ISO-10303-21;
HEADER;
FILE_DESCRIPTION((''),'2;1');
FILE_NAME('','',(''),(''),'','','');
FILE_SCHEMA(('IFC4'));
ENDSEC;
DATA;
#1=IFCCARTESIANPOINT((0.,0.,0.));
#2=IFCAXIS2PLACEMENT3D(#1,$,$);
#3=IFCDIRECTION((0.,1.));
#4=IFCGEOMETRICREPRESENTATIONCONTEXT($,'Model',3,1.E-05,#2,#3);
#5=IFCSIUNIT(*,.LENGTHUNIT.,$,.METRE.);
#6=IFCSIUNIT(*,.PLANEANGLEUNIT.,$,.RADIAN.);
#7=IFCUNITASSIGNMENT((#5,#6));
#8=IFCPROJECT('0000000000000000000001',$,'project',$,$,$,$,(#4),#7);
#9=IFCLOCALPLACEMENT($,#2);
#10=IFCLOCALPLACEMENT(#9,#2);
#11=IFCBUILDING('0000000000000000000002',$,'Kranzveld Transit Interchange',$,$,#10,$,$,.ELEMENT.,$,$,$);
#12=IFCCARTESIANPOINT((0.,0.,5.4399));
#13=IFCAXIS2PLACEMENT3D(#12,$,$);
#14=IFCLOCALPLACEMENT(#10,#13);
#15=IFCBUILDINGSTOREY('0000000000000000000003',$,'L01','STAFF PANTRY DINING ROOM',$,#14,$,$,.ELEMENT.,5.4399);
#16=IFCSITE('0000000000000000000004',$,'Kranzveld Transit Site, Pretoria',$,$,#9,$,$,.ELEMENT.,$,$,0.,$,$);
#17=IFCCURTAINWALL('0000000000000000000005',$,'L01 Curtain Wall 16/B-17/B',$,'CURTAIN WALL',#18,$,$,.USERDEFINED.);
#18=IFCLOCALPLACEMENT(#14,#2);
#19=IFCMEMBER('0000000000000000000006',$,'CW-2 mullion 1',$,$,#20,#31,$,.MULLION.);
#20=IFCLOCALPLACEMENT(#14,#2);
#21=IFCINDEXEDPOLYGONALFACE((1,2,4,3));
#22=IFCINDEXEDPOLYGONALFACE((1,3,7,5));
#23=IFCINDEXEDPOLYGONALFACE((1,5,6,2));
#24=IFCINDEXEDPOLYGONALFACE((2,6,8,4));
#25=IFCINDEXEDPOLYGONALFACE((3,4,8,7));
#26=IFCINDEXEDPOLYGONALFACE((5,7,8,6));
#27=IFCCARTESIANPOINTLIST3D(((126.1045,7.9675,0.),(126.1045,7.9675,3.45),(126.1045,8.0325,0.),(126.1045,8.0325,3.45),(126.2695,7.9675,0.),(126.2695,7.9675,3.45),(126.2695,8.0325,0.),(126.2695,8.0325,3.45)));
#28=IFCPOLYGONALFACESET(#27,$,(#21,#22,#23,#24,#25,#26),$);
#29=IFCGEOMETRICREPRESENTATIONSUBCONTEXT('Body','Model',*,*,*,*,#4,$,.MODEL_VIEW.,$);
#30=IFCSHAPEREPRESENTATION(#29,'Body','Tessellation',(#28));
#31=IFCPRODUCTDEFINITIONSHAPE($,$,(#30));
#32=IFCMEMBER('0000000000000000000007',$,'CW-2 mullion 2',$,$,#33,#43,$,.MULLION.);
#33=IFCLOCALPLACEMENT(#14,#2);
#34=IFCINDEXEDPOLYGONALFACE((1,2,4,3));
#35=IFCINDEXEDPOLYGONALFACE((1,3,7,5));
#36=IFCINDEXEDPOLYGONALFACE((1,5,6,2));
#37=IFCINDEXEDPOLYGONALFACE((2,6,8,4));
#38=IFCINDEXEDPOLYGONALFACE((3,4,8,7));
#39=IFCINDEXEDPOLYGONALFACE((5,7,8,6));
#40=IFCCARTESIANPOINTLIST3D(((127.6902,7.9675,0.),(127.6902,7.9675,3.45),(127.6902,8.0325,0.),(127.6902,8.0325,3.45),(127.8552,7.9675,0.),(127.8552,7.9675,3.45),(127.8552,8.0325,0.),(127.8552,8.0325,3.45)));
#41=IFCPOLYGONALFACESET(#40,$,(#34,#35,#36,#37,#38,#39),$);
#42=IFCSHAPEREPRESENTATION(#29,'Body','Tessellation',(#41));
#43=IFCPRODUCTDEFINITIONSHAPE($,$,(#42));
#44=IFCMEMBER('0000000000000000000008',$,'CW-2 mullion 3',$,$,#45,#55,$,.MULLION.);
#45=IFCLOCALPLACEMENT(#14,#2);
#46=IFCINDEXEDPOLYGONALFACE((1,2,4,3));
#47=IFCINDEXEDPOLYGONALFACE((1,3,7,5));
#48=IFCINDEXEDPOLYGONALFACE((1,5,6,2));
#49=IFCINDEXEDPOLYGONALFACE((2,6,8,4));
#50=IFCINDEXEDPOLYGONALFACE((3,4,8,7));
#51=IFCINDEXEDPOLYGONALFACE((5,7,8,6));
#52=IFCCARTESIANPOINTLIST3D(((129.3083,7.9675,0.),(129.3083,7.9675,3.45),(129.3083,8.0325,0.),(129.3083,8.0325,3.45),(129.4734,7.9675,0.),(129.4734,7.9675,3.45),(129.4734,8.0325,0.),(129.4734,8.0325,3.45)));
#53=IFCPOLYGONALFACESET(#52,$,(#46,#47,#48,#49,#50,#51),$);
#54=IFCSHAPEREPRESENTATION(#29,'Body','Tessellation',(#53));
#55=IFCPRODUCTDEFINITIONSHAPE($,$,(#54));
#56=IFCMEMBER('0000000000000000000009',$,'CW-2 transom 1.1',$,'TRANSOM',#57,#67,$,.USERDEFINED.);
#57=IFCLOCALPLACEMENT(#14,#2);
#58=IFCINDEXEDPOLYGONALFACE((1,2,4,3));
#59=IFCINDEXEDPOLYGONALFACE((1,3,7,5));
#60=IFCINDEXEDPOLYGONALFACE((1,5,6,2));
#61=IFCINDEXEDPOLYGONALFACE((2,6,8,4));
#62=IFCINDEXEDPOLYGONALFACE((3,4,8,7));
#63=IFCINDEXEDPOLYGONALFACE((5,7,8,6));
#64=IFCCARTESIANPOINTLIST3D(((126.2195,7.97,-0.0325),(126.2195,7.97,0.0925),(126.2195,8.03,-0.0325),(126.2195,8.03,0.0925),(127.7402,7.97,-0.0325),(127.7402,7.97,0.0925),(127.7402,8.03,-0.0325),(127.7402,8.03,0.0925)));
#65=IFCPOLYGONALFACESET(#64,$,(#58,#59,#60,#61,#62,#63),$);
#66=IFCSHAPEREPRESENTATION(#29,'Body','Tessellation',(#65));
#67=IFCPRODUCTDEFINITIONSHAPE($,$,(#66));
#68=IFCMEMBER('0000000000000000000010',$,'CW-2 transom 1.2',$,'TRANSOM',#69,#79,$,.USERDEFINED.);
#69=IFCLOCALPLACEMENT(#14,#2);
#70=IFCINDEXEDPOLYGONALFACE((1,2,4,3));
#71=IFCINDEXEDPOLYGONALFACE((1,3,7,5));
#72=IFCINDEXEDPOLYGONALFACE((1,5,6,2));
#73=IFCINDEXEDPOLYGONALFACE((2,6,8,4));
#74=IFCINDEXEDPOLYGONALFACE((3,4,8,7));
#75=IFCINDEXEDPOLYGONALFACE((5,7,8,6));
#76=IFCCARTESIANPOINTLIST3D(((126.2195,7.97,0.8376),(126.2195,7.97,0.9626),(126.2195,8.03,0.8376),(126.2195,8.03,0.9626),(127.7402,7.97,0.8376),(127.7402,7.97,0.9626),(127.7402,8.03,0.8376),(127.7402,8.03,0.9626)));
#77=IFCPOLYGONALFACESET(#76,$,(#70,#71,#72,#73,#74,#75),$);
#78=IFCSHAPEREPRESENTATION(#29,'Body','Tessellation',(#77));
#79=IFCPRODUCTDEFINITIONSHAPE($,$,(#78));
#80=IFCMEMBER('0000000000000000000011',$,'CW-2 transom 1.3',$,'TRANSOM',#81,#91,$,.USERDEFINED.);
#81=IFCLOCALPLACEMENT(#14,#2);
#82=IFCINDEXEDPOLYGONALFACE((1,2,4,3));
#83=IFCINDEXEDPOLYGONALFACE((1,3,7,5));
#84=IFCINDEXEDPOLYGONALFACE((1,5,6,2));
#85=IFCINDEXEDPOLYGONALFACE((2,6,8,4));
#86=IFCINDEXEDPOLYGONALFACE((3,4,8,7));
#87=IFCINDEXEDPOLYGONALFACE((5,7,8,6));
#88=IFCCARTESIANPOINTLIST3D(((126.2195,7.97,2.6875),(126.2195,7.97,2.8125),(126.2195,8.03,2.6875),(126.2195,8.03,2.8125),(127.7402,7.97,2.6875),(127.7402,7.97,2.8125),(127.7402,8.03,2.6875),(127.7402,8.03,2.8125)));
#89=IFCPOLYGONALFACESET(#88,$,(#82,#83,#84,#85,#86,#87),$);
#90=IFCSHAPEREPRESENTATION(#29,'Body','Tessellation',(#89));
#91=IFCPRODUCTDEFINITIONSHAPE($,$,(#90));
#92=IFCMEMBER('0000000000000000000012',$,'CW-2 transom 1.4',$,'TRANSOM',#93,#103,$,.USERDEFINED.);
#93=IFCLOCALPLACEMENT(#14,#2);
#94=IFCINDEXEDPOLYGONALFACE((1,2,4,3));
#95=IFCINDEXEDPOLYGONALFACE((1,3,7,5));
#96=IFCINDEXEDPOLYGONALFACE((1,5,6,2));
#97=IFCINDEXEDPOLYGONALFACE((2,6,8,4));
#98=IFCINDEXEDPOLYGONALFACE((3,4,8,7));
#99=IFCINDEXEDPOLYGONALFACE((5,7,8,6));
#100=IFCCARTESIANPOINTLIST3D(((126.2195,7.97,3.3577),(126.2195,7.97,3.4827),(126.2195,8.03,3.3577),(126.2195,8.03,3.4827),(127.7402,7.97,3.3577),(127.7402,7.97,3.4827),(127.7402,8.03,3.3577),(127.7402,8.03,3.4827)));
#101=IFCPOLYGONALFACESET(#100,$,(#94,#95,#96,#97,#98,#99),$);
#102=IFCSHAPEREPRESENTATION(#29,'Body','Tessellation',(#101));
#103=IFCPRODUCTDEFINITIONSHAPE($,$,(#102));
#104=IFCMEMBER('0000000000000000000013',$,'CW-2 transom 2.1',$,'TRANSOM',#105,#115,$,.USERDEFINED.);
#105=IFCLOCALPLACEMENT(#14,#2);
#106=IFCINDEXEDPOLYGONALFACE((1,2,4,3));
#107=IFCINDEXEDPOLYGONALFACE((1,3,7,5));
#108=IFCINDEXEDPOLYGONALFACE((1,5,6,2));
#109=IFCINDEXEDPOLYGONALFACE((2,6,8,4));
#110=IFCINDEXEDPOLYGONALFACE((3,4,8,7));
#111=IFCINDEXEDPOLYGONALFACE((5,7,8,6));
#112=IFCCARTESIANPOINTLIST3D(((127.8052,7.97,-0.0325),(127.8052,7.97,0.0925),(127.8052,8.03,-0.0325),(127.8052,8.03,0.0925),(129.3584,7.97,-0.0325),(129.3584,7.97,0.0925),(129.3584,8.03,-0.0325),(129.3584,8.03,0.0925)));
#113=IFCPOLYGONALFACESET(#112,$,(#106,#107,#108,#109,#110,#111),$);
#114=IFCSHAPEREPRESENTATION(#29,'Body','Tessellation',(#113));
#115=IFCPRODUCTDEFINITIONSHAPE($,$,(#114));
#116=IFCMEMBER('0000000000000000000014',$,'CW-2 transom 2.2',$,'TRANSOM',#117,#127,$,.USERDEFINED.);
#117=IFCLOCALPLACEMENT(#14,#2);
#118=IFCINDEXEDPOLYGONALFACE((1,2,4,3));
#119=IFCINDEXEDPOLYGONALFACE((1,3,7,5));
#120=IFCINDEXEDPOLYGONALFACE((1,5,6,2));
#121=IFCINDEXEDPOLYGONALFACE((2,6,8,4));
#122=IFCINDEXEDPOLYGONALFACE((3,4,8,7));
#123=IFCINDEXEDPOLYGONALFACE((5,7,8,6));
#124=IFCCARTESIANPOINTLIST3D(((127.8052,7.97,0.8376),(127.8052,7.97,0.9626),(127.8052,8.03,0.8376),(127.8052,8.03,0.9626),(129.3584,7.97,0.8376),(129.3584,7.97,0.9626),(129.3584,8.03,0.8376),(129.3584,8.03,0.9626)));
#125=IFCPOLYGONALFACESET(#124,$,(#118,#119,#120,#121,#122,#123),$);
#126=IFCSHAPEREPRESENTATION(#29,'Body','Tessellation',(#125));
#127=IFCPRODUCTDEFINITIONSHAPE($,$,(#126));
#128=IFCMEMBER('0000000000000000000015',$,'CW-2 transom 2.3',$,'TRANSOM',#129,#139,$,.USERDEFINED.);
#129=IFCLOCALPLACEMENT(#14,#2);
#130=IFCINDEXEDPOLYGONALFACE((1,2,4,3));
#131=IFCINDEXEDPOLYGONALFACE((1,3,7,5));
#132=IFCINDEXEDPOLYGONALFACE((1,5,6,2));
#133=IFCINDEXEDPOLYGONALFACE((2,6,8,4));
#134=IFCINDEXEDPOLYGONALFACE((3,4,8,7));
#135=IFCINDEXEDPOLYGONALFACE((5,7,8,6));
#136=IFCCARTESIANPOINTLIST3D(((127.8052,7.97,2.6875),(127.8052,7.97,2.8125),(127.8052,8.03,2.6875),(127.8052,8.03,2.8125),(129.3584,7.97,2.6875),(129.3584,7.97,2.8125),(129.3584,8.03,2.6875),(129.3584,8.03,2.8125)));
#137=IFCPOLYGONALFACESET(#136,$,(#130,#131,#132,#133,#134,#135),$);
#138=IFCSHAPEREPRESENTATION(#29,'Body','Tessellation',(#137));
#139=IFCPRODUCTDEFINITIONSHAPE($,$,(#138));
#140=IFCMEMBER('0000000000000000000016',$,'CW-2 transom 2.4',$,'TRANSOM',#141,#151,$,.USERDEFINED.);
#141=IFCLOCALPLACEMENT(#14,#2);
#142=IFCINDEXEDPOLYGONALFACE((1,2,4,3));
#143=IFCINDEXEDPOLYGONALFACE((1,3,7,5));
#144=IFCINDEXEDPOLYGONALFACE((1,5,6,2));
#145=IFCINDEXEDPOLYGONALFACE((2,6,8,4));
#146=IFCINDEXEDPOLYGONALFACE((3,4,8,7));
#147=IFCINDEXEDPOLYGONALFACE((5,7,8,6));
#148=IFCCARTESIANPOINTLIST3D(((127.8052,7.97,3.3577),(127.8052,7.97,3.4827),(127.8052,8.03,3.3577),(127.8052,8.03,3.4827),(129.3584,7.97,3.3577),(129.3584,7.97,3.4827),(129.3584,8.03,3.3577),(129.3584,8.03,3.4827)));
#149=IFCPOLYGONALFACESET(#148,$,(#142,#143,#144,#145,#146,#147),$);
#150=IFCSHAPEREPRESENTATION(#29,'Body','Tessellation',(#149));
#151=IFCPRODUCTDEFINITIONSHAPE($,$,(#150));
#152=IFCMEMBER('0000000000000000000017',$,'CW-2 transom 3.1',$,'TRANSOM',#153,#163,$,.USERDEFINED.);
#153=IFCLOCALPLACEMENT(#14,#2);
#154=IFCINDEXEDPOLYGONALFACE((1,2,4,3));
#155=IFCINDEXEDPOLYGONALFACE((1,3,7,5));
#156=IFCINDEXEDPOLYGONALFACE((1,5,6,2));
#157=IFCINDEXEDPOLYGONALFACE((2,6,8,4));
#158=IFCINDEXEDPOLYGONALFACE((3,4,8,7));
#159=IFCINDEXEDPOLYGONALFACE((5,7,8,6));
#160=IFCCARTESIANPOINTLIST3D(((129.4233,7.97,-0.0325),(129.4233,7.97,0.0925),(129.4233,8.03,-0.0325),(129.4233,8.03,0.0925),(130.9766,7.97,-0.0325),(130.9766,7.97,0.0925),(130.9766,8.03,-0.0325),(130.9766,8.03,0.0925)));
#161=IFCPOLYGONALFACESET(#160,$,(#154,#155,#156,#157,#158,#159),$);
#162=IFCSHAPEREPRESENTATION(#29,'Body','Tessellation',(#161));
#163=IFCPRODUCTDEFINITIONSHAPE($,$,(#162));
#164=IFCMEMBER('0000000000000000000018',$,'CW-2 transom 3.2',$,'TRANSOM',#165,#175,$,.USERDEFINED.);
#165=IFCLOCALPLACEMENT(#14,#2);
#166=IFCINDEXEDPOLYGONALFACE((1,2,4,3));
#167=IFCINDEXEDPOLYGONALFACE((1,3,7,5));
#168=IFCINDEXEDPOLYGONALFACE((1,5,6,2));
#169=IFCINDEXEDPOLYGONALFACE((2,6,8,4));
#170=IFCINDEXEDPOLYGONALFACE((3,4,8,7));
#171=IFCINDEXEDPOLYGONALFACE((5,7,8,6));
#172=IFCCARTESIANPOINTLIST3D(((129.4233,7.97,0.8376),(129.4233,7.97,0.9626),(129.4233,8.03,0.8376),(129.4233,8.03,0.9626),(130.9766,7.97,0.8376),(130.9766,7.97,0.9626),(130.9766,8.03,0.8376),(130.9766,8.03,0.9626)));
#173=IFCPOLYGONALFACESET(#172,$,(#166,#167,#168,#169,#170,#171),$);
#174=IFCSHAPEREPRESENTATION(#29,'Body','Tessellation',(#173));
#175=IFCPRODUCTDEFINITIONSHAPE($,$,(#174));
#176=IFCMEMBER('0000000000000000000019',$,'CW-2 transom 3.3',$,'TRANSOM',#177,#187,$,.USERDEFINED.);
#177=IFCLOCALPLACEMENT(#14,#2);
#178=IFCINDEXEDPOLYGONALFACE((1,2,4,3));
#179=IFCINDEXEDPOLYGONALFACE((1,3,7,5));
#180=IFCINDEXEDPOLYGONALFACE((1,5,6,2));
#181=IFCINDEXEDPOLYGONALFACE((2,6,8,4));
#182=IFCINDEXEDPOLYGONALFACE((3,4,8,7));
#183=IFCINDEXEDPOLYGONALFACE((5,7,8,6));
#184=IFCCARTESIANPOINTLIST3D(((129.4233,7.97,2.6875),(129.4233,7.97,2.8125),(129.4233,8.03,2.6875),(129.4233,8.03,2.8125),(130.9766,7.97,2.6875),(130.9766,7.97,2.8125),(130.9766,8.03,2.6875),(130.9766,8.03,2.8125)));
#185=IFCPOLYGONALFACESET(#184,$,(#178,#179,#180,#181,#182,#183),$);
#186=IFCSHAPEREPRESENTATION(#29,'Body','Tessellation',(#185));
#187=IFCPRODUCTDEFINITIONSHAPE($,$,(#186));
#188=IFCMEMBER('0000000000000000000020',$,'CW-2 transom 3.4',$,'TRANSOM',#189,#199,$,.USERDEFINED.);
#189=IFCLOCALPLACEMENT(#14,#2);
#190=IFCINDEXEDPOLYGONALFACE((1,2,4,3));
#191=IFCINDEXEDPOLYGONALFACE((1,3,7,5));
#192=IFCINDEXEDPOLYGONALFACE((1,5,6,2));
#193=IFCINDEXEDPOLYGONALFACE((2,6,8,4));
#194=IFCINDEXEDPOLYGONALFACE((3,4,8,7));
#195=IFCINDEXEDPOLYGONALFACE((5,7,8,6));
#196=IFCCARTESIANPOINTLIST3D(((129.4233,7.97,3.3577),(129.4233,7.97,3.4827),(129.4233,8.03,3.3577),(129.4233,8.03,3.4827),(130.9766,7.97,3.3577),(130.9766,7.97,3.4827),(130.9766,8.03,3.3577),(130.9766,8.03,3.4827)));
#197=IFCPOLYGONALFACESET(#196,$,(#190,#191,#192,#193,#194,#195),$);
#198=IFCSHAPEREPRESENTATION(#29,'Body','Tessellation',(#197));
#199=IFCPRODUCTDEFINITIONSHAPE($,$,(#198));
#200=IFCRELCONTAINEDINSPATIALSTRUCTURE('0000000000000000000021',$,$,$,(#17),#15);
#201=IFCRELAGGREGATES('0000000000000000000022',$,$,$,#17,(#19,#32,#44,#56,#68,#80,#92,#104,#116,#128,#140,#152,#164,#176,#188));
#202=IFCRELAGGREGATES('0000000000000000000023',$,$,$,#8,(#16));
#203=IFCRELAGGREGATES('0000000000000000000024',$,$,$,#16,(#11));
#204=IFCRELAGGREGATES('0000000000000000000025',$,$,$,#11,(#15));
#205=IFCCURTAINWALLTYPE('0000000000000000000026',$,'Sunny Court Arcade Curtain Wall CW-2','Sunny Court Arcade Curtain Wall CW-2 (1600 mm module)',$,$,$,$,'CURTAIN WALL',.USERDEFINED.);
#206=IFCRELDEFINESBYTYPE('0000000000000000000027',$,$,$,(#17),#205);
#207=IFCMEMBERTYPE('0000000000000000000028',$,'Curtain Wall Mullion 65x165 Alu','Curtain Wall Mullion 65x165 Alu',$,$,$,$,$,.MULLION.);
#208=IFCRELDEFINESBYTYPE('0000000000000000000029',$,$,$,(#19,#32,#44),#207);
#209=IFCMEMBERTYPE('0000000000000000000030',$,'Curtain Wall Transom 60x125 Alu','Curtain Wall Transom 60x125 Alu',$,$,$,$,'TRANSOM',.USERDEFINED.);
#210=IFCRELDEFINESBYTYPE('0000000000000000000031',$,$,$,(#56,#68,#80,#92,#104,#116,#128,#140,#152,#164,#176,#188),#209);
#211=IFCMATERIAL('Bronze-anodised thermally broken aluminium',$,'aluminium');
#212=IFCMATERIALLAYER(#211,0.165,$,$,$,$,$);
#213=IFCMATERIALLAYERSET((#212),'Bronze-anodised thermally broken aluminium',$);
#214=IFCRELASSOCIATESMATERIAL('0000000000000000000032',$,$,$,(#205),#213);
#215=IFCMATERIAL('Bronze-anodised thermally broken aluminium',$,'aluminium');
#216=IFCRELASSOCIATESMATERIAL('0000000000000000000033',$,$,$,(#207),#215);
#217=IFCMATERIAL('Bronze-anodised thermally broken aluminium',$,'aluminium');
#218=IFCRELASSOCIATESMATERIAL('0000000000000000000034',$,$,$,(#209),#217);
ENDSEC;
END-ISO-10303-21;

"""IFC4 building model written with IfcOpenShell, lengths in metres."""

from ifc_helpers import new_model, si_unit, direction, frame, origin, origin_2d, place, context, subcontext, project, spatial, rectangle, extrude, material, layer, layer_set, material_profile, profile_set, type_object, element, aggregate, save


model = new_model("IFC4")

# Units and contexts
model_context = context("Model", 3, precision=1e-05, world=origin(), true_north=direction((0.0, 1.0)))
body_context = subcontext(model_context, "Body", "Model", "MODEL_VIEW")
ifc_project = project(units=[si_unit("LENGTHUNIT", "METRE"), si_unit("PLANEANGLEUNIT", "RADIAN")], contexts=[model_context])

# Site, building, storey
site_placement = place(None, origin())
site = spatial("IfcSite", under=ifc_project, at=site_placement, Name="Kranzveld Transit Site, Pretoria", CompositionType="ELEMENT", RefElevation=0.0)
building_placement = place(site_placement, origin())
building = spatial("IfcBuilding", under=site, at=building_placement, Name="Kranzveld Transit Interchange", CompositionType="ELEMENT")
storey_placement = place(building_placement, frame((0.0, 0.0, 5.4399)))
storey = spatial("IfcBuildingStorey", under=building, at=storey_placement, Name="L01", Description="STAFF PANTRY DINING ROOM", CompositionType="ELEMENT", Elevation=5.4399)

# Curtain wall, members
ifc_material_1 = material(Name="Bronze-anodised thermally broken aluminium", Category="aluminium")
ifc_layer_1 = layer(ifc_material_1, 0.165)
ifc_layer_set_1 = layer_set([ifc_layer_1], Name="Bronze-anodised thermally broken aluminium")
curtain_wall_type = type_object("IfcCurtainWallType", Name="Sunny Court Arcade Curtain Wall CW-2", Description="Sunny Court Arcade Curtain Wall CW-2 (1600 mm module)", ElementType="CURTAIN WALL", PredefinedType="USERDEFINED", material=ifc_layer_set_1)
curtain_wall_placement = place(storey_placement, origin())
curtain_wall = element("IfcCurtainWall", 1, at=curtain_wall_placement, inside=storey, type_object=curtain_wall_type, Name="L01 Curtain Wall 16/B-17/B", ObjectType="CURTAIN WALL", PredefinedType="USERDEFINED")
ifc_material_2 = material(Name="Bronze-anodised thermally broken aluminium", Category="aluminium")
ifc_material_profile_1 = material_profile(ifc_material_2, rectangle(XDim=0.0649, YDim=0.165, at=origin_2d()), Name="ALU MULLION 65x165")
ifc_profile_set_1 = profile_set([ifc_material_profile_1], Name="Bronze-anodised thermally broken aluminium")
member_type_1 = type_object("IfcMemberType", Name="Curtain Wall Mullion 65x165 Alu", Description="Curtain Wall Mullion 65x165 Alu", PredefinedType="MULLION", material=ifc_profile_set_1)
member_1_placement = place(storey_placement, frame((126.187, 8.0, 0.0), z_axis=(0.0, 0.0, 1.0), x_axis=(0.0, 1.0, 0.0)))
member_1 = element("IfcMember", 2, at=member_1_placement, type_object=member_type_1, Name="CW-2 mullion 1", PredefinedType="MULLION", context=body_context, shape_type="SweptSolid", body=[
    extrude(rectangle(XDim=0.0649, YDim=0.165, at=origin_2d()), origin(), (0.0, 0.0, 1.0), 3.45),
])
member_2_placement = place(storey_placement, frame((127.7727, 8.0, 0.0), z_axis=(0.0, 0.0, 1.0), x_axis=(0.0, 1.0, 0.0)))
member_2 = element("IfcMember", 3, at=member_2_placement, type_object=member_type_1, Name="CW-2 mullion 2", PredefinedType="MULLION", context=body_context, shape_type="SweptSolid", body=[
    extrude(rectangle(XDim=0.0649, YDim=0.165, at=origin_2d()), origin(), (0.0, 0.0, 1.0), 3.45),
])
member_3_placement = place(storey_placement, frame((129.3909, 8.0, 0.0), z_axis=(0.0, 0.0, 1.0), x_axis=(0.0, 1.0, 0.0)))
member_3 = element("IfcMember", 4, at=member_3_placement, type_object=member_type_1, Name="CW-2 mullion 3", PredefinedType="MULLION", context=body_context, shape_type="SweptSolid", body=[
    extrude(rectangle(XDim=0.0649, YDim=0.165, at=origin_2d()), origin(), (0.0, 0.0, 1.0), 3.45),
])
ifc_material_3 = material(Name="Bronze-anodised thermally broken aluminium", Category="aluminium")
ifc_material_profile_2 = material_profile(ifc_material_3, rectangle(XDim=0.0601, YDim=0.125, at=origin_2d()), Name="ALU TRANSOM 60x125")
ifc_profile_set_2 = profile_set([ifc_material_profile_2], Name="Bronze-anodised thermally broken aluminium")
member_type_2 = type_object("IfcMemberType", Name="Curtain Wall Transom 60x125 Alu", Description="Curtain Wall Transom 60x125 Alu", ElementType="TRANSOM", PredefinedType="USERDEFINED", material=ifc_profile_set_2)
member_4_placement = place(storey_placement, frame((126.2195, 8.0, 0.03), z_axis=(1.0, 0.0, 0.0), x_axis=(0.0, 1.0, 0.0)))
member_4 = element("IfcMember", 5, at=member_4_placement, type_object=member_type_2, Name="CW-2 transom 1.1", ObjectType="TRANSOM", PredefinedType="USERDEFINED", context=body_context, shape_type="SweptSolid", body=[
    extrude(rectangle(XDim=0.0601, YDim=0.125, at=origin_2d()), origin(), (0.0, 0.0, 1.0), 1.5208),
])
member_5_placement = place(storey_placement, frame((126.2195, 8.0, 0.9001), z_axis=(1.0, 0.0, 0.0), x_axis=(0.0, 1.0, 0.0)))
member_5 = element("IfcMember", 6, at=member_5_placement, type_object=member_type_2, Name="CW-2 transom 1.2", ObjectType="TRANSOM", PredefinedType="USERDEFINED", context=body_context, shape_type="SweptSolid", body=[
    extrude(rectangle(XDim=0.0601, YDim=0.125, at=origin_2d()), origin(), (0.0, 0.0, 1.0), 1.5208),
])
member_6_placement = place(storey_placement, frame((126.2195, 8.0, 2.75), z_axis=(1.0, 0.0, 0.0), x_axis=(0.0, 1.0, 0.0)))
member_6 = element("IfcMember", 7, at=member_6_placement, type_object=member_type_2, Name="CW-2 transom 1.3", ObjectType="TRANSOM", PredefinedType="USERDEFINED", context=body_context, shape_type="SweptSolid", body=[
    extrude(rectangle(XDim=0.0601, YDim=0.125, at=origin_2d()), origin(), (0.0, 0.0, 1.0), 1.5208),
])
member_7_placement = place(storey_placement, frame((126.2195, 8.0, 3.4202), z_axis=(1.0, 0.0, 0.0), x_axis=(0.0, 1.0, 0.0)))
member_7 = element("IfcMember", 8, at=member_7_placement, type_object=member_type_2, Name="CW-2 transom 1.4", ObjectType="TRANSOM", PredefinedType="USERDEFINED", context=body_context, shape_type="SweptSolid", body=[
    extrude(rectangle(XDim=0.0601, YDim=0.125, at=origin_2d()), origin(), (0.0, 0.0, 1.0), 1.5208),
])
member_8_placement = place(storey_placement, frame((127.8052, 8.0, 0.03), z_axis=(1.0, 0.0, 0.0), x_axis=(0.0, 1.0, 0.0)))
member_8 = element("IfcMember", 9, at=member_8_placement, type_object=member_type_2, Name="CW-2 transom 2.1", ObjectType="TRANSOM", PredefinedType="USERDEFINED", context=body_context, shape_type="SweptSolid", body=[
    extrude(rectangle(XDim=0.0601, YDim=0.125, at=origin_2d()), origin(), (0.0, 0.0, 1.0), 1.5532),
])
member_9_placement = place(storey_placement, frame((127.8052, 8.0, 0.9001), z_axis=(1.0, 0.0, 0.0), x_axis=(0.0, 1.0, 0.0)))
member_9 = element("IfcMember", 10, at=member_9_placement, type_object=member_type_2, Name="CW-2 transom 2.2", ObjectType="TRANSOM", PredefinedType="USERDEFINED", context=body_context, shape_type="SweptSolid", body=[
    extrude(rectangle(XDim=0.0601, YDim=0.125, at=origin_2d()), origin(), (0.0, 0.0, 1.0), 1.5532),
])
member_10_placement = place(storey_placement, frame((127.8052, 8.0, 2.75), z_axis=(1.0, 0.0, 0.0), x_axis=(0.0, 1.0, 0.0)))
member_10 = element("IfcMember", 11, at=member_10_placement, type_object=member_type_2, Name="CW-2 transom 2.3", ObjectType="TRANSOM", PredefinedType="USERDEFINED", context=body_context, shape_type="SweptSolid", body=[
    extrude(rectangle(XDim=0.0601, YDim=0.125, at=origin_2d()), origin(), (0.0, 0.0, 1.0), 1.5532),
])
member_11_placement = place(storey_placement, frame((127.8052, 8.0, 3.4202), z_axis=(1.0, 0.0, 0.0), x_axis=(0.0, 1.0, 0.0)))
member_11 = element("IfcMember", 12, at=member_11_placement, type_object=member_type_2, Name="CW-2 transom 2.4", ObjectType="TRANSOM", PredefinedType="USERDEFINED", context=body_context, shape_type="SweptSolid", body=[
    extrude(rectangle(XDim=0.0601, YDim=0.125, at=origin_2d()), origin(), (0.0, 0.0, 1.0), 1.5532),
])
member_12_placement = place(storey_placement, frame((129.4233, 8.0, 0.03), z_axis=(1.0, 0.0, 0.0), x_axis=(0.0, 1.0, 0.0)))
member_12 = element("IfcMember", 13, at=member_12_placement, type_object=member_type_2, Name="CW-2 transom 3.1", ObjectType="TRANSOM", PredefinedType="USERDEFINED", context=body_context, shape_type="SweptSolid", body=[
    extrude(rectangle(XDim=0.0601, YDim=0.125, at=origin_2d()), origin(), (0.0, 0.0, 1.0), 1.5532),
])
member_13_placement = place(storey_placement, frame((129.4233, 8.0, 0.9001), z_axis=(1.0, 0.0, 0.0), x_axis=(0.0, 1.0, 0.0)))
member_13 = element("IfcMember", 14, at=member_13_placement, type_object=member_type_2, Name="CW-2 transom 3.2", ObjectType="TRANSOM", PredefinedType="USERDEFINED", context=body_context, shape_type="SweptSolid", body=[
    extrude(rectangle(XDim=0.0601, YDim=0.125, at=origin_2d()), origin(), (0.0, 0.0, 1.0), 1.5532),
])
member_14_placement = place(storey_placement, frame((129.4233, 8.0, 2.75), z_axis=(1.0, 0.0, 0.0), x_axis=(0.0, 1.0, 0.0)))
member_14 = element("IfcMember", 15, at=member_14_placement, type_object=member_type_2, Name="CW-2 transom 3.3", ObjectType="TRANSOM", PredefinedType="USERDEFINED", context=body_context, shape_type="SweptSolid", body=[
    extrude(rectangle(XDim=0.0601, YDim=0.125, at=origin_2d()), origin(), (0.0, 0.0, 1.0), 1.5532),
])
member_15_placement = place(storey_placement, frame((129.4233, 8.0, 3.4202), z_axis=(1.0, 0.0, 0.0), x_axis=(0.0, 1.0, 0.0)))
member_15 = element("IfcMember", 16, at=member_15_placement, type_object=member_type_2, Name="CW-2 transom 3.4", ObjectType="TRANSOM", PredefinedType="USERDEFINED", context=body_context, shape_type="SweptSolid", body=[
    extrude(rectangle(XDim=0.0601, YDim=0.125, at=origin_2d()), origin(), (0.0, 0.0, 1.0), 1.5532),
])

aggregate(curtain_wall, [member_1, member_2, member_3, member_4, member_5, member_6, member_7, member_8, member_9, member_10, member_11, member_12, member_13, member_14, member_15])

save(model, "model.ifc")
